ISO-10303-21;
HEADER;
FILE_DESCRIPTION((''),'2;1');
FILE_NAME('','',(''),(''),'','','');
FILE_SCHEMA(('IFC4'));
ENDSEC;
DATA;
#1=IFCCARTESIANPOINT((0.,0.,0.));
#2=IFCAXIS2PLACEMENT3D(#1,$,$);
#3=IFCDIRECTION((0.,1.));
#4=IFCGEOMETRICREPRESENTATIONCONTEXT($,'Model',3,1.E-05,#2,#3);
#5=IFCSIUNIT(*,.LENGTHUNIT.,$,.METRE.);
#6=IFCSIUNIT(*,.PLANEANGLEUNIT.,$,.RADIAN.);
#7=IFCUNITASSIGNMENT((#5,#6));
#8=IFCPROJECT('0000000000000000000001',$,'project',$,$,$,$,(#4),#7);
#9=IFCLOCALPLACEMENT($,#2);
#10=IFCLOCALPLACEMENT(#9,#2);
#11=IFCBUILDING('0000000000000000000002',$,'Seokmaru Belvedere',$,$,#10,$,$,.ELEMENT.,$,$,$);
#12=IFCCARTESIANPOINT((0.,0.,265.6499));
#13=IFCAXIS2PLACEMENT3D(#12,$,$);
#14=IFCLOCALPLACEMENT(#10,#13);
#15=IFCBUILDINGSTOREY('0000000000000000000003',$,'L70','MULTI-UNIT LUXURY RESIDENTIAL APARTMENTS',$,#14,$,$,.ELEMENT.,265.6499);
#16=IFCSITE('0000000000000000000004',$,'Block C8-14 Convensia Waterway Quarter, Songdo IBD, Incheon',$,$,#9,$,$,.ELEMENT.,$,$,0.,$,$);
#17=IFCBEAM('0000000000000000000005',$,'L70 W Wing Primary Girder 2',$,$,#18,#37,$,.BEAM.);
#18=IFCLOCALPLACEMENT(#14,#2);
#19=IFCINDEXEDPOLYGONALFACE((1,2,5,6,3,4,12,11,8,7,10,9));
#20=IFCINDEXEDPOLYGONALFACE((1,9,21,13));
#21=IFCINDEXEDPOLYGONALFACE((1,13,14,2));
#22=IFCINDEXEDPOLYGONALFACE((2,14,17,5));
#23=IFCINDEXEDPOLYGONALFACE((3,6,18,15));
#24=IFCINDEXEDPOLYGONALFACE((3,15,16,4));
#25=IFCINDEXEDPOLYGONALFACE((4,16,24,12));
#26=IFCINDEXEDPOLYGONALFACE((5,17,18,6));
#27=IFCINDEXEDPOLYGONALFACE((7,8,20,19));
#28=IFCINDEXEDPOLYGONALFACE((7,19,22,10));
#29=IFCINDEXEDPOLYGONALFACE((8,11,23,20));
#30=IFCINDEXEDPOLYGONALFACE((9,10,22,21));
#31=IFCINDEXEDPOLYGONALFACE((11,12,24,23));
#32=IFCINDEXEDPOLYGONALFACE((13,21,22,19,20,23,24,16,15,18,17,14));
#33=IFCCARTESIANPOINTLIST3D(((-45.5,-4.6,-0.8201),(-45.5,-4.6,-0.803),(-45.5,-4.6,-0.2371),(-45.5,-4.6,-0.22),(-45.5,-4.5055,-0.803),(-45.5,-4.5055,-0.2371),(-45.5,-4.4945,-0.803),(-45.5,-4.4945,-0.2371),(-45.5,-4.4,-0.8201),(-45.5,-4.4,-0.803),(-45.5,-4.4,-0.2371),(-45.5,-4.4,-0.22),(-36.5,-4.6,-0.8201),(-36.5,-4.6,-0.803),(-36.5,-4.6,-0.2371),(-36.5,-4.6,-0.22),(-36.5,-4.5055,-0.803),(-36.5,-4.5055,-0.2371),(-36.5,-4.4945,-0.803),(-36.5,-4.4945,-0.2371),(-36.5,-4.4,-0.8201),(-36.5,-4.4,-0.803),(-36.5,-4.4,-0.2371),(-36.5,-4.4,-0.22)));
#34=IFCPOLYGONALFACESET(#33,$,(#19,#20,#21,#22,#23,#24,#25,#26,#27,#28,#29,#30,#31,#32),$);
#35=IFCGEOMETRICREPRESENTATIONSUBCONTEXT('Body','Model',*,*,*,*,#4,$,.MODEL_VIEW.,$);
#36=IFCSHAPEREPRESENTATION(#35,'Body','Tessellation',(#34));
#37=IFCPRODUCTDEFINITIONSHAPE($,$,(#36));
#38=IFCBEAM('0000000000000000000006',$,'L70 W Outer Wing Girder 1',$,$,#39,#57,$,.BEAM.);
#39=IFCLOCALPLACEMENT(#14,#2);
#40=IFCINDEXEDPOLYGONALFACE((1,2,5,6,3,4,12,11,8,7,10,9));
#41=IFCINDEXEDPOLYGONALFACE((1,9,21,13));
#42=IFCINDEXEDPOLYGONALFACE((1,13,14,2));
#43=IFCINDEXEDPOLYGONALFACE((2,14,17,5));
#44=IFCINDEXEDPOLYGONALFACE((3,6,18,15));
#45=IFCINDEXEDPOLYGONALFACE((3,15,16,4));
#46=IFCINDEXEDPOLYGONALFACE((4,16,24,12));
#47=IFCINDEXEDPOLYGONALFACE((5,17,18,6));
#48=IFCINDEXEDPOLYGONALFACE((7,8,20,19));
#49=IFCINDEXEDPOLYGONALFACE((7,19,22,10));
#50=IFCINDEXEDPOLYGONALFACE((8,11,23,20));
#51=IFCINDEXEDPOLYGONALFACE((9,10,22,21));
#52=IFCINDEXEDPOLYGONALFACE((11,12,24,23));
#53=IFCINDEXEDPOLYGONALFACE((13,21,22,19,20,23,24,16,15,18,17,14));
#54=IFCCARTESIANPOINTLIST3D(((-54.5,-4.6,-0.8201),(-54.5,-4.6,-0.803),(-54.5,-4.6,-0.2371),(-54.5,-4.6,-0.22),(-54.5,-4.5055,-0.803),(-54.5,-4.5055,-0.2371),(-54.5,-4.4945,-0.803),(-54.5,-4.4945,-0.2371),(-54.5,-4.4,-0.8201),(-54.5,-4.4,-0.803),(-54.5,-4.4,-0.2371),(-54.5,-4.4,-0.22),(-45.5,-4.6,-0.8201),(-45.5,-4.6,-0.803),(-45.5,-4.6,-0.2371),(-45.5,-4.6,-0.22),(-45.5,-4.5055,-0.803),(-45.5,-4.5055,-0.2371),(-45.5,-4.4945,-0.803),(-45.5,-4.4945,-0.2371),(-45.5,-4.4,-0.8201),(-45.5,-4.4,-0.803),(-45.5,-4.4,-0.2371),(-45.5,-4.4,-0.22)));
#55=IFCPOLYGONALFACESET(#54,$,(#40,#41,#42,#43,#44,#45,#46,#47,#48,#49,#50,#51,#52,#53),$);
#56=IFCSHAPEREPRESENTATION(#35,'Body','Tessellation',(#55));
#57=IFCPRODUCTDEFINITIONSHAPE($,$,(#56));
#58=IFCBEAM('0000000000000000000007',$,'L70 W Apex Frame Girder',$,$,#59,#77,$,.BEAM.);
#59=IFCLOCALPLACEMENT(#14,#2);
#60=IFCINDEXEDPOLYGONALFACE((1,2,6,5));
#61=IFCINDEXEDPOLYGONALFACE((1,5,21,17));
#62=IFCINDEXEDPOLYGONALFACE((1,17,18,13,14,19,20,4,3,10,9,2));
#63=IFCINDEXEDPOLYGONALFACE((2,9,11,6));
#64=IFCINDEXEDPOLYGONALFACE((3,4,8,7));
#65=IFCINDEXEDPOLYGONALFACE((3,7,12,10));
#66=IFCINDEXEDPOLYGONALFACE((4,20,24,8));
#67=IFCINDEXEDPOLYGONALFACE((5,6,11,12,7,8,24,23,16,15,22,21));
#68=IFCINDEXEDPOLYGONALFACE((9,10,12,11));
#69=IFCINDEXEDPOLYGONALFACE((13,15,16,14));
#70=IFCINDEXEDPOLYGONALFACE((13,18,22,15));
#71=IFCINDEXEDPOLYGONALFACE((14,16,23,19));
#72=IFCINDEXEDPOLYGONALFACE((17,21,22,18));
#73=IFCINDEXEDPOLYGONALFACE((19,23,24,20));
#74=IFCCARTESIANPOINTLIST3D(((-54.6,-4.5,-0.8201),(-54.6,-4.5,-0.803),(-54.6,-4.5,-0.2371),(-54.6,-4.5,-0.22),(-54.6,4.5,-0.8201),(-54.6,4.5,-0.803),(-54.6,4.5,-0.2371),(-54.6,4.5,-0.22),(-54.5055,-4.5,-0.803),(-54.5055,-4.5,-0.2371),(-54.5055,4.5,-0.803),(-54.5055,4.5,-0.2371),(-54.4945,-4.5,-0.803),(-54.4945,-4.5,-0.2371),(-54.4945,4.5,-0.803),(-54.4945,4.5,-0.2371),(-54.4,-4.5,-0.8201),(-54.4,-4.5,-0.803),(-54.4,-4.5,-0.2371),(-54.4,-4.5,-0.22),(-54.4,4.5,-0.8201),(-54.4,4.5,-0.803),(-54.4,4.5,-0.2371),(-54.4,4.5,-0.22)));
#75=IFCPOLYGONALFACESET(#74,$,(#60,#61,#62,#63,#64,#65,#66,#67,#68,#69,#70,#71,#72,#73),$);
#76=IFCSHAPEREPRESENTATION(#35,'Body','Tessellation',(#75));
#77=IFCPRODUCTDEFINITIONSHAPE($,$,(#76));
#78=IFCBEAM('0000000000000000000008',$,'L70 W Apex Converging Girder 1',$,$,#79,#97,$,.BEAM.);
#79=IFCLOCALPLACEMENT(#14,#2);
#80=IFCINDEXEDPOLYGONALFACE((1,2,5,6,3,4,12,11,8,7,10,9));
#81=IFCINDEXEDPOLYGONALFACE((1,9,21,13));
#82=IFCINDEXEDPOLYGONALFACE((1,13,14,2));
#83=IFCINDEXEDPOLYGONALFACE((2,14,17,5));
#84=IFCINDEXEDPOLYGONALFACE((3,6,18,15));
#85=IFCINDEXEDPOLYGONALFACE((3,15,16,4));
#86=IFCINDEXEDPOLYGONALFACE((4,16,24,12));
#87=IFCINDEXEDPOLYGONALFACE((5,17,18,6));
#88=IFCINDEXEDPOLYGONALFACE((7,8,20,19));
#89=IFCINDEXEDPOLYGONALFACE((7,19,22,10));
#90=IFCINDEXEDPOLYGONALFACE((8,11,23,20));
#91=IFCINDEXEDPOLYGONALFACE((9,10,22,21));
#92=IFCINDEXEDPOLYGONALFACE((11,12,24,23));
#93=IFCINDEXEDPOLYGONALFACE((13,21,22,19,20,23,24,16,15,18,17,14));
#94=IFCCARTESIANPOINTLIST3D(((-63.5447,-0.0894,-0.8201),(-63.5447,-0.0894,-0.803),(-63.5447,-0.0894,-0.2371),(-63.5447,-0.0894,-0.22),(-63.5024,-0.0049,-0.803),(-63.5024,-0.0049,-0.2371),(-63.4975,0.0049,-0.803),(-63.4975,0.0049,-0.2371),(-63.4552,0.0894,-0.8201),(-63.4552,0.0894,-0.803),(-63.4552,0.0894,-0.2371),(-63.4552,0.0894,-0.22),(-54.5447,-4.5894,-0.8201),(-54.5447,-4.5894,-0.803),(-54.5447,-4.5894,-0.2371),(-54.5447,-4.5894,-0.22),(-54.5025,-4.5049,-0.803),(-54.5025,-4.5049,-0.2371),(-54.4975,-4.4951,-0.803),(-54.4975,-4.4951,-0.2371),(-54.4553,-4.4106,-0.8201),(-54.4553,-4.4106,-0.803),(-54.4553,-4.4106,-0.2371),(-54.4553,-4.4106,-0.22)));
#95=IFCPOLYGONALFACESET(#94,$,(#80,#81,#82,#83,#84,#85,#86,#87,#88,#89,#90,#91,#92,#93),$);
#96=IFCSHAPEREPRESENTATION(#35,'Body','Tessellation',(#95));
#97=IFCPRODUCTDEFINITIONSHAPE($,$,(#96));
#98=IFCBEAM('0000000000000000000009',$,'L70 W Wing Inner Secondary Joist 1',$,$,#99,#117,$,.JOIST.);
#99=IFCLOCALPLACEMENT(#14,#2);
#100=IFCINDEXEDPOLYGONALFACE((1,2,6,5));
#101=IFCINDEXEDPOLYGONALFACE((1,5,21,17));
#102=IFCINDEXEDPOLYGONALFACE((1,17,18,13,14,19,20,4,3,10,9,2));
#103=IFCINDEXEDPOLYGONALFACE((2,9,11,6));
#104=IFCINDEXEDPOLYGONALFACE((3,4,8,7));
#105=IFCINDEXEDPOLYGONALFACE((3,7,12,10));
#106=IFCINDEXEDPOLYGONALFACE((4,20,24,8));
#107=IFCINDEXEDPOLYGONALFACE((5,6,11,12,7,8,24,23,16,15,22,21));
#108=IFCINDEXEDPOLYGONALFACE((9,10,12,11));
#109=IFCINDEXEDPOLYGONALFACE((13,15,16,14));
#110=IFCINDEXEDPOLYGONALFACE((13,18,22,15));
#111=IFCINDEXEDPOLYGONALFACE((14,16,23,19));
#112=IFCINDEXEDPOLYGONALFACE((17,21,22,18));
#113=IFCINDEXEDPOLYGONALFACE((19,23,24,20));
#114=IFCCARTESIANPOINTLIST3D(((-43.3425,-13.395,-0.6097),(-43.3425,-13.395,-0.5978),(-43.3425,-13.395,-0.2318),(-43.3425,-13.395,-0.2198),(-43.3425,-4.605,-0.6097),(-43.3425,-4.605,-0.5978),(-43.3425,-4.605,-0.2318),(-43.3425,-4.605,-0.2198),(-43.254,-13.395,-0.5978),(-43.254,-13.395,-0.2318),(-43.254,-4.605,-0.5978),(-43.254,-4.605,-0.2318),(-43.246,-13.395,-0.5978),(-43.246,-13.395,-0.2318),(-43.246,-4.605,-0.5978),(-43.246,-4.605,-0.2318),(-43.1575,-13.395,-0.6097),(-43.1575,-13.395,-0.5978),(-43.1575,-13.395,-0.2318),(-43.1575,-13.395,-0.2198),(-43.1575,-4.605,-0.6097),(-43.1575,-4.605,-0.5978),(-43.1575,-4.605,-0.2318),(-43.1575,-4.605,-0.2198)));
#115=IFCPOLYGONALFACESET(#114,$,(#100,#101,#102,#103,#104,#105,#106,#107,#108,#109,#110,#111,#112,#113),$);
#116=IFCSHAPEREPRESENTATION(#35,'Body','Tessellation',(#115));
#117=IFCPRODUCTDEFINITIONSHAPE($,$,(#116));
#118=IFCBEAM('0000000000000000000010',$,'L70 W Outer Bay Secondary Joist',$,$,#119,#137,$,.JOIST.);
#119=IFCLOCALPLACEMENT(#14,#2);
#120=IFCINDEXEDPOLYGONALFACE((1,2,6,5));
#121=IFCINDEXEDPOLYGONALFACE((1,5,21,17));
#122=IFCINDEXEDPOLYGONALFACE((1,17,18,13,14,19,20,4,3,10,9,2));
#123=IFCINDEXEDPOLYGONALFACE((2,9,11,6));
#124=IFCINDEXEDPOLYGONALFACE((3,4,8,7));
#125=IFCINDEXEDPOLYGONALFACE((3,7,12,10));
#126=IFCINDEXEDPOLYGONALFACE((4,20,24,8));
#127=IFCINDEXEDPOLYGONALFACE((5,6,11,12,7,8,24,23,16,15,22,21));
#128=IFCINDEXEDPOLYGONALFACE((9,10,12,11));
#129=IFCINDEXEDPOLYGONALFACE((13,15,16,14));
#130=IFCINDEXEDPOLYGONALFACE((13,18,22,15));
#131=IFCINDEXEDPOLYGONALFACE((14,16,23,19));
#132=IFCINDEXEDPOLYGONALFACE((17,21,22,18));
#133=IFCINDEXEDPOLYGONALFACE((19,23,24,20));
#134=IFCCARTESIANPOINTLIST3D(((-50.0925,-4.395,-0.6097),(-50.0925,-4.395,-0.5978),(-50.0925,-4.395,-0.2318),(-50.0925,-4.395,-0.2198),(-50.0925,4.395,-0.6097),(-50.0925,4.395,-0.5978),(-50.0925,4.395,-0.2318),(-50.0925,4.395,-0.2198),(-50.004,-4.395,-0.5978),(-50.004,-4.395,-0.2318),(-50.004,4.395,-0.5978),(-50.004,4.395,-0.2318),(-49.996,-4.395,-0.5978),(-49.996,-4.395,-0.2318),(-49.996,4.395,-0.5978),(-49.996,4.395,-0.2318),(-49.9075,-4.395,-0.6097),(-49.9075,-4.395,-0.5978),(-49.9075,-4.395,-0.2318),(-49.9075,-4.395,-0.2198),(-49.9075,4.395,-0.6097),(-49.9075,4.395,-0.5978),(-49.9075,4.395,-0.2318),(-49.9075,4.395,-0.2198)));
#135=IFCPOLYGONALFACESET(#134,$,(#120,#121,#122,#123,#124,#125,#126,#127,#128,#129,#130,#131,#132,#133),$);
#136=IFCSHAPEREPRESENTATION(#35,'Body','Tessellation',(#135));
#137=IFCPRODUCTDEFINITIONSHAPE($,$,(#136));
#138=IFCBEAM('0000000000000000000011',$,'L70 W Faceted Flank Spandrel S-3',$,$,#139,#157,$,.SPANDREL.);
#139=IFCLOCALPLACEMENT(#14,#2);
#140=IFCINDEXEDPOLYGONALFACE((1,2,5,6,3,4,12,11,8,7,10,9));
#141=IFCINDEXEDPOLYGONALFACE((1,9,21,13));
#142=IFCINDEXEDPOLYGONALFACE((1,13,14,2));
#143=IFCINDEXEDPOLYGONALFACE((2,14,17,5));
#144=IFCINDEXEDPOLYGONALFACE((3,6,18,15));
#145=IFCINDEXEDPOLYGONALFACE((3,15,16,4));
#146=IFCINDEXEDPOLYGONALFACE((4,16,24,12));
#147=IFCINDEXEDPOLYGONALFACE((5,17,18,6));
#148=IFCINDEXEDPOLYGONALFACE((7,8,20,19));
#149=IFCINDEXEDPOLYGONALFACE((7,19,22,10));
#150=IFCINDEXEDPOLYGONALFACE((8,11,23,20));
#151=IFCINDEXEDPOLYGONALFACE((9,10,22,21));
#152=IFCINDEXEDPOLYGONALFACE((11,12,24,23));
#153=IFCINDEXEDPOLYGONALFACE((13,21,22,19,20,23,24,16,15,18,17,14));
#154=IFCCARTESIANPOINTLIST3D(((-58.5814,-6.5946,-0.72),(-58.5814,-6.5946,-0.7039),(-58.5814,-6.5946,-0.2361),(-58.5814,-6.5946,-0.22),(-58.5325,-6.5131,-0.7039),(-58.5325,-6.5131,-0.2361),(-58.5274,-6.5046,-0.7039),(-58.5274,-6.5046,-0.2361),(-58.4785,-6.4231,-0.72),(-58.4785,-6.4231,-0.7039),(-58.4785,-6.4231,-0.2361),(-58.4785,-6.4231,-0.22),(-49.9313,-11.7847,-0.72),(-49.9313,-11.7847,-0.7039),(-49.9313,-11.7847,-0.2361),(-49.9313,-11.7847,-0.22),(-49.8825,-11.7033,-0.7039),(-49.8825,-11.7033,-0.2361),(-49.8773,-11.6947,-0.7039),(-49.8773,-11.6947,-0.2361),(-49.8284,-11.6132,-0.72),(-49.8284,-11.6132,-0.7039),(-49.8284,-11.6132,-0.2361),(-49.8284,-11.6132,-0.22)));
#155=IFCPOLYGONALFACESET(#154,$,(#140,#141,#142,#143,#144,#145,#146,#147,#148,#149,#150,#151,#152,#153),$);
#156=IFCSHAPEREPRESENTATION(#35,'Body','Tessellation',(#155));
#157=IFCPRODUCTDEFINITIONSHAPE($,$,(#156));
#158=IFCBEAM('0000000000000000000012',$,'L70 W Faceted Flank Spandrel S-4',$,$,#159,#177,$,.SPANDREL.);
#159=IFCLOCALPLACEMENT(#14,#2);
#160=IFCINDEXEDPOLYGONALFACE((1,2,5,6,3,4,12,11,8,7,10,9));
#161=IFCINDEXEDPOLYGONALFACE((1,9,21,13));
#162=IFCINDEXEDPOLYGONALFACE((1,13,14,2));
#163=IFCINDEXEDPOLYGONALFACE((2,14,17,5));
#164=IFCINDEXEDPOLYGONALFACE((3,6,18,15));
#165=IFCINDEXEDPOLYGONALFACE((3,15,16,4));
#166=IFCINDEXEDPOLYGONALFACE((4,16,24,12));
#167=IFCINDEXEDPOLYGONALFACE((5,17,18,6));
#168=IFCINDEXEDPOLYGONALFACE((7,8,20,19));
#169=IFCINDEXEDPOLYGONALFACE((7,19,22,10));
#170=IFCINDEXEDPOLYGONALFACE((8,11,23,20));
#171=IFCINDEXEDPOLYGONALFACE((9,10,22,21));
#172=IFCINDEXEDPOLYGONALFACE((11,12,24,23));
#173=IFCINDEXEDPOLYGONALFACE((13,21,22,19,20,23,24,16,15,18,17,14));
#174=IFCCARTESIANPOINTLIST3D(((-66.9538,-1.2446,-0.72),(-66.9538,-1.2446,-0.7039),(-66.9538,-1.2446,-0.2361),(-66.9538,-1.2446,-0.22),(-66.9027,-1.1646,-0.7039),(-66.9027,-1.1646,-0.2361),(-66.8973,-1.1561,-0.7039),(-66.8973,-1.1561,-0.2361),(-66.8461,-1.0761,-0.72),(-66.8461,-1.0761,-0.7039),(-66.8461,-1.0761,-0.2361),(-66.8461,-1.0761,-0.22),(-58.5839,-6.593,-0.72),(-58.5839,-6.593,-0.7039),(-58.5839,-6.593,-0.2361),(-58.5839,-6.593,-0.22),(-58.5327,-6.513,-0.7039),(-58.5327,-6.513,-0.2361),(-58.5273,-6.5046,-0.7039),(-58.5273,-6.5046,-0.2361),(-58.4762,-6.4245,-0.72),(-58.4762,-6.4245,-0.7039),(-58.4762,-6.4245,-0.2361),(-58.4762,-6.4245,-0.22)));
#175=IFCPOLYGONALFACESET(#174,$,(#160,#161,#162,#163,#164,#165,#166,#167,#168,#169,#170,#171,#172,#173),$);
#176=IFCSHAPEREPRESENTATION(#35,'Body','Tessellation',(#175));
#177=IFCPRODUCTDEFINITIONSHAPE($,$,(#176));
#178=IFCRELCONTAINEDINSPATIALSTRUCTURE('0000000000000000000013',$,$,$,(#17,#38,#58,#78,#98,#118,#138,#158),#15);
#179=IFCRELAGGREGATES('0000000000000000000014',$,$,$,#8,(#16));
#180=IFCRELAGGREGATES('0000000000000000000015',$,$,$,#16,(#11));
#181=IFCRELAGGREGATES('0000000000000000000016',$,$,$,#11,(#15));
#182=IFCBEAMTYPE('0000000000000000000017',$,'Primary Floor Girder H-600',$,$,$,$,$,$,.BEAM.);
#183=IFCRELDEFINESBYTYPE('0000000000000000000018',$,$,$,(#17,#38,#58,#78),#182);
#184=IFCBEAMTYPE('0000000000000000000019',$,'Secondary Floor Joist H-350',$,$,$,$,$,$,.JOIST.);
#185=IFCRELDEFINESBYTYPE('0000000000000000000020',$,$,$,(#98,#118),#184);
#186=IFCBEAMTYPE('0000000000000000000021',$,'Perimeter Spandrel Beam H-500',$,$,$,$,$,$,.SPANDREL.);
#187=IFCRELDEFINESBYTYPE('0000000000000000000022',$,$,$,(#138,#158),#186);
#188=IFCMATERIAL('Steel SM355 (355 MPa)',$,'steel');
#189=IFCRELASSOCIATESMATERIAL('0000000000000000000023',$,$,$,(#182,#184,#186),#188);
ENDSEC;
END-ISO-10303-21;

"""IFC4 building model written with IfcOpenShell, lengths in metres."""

from ifc_helpers import new_model, si_unit, direction, frame, origin, origin_2d, place, context, subcontext, project, spatial, i_section, extrude, source, transform, mapped, material, material_profile, profile_set, type_object, type_shapes, element, save


model = new_model("IFC4")

# Units and contexts
model_context = context("Model", 3, precision=1e-05, world=origin(), true_north=direction((0.0, 1.0)))
body_context = subcontext(model_context, "Body", "Model", "MODEL_VIEW")
ifc_project = project(units=[si_unit("LENGTHUNIT", "METRE"), si_unit("PLANEANGLEUNIT", "RADIAN")], contexts=[model_context])

# Site, building, storey
site_placement = place(None, origin())
site = spatial("IfcSite", under=ifc_project, at=site_placement, Name="Block C8-14 Convensia Waterway Quarter, Songdo IBD, Incheon", CompositionType="ELEMENT", RefElevation=0.0)
building_placement = place(site_placement, origin())
building = spatial("IfcBuilding", under=site, at=building_placement, Name="Seokmaru Belvedere", CompositionType="ELEMENT")
storey_placement = place(building_placement, frame((0.0, 0.0, 265.6499)))
storey = spatial("IfcBuildingStorey", under=building, at=storey_placement, Name="L70", Description="MULTI-UNIT LUXURY RESIDENTIAL APARTMENTS", CompositionType="ELEMENT", Elevation=265.6499)

# Shared definitions
ifc_material_1 = material(Name="Steel SM355 (355 MPa)", Category="steel")

# Beams
ifc_material_profile_1 = material_profile(ifc_material_1, i_section(OverallWidth=0.2, OverallDepth=0.6001, WebThickness=0.011, FlangeThickness=0.0171, at=origin_2d()), Name="H-600x200x11x17")
ifc_profile_set_1 = profile_set([ifc_material_profile_1], Name="Steel SM355 (355 MPa)")
beam_type_1 = type_object("IfcBeamType", Name="Primary Floor Girder H-600", PredefinedType="BEAM", material=ifc_profile_set_1)
shared_shape_1 = source(origin(), body_context, "Body", "SweptSolid", [
    extrude(i_section(OverallWidth=0.2, OverallDepth=0.6001, WebThickness=0.011, FlangeThickness=0.0171, at=origin_2d()), origin(), (0.0, 0.0, 1.0), 9.0),
])
for number, where, z_axis, x_axis, name in (
    (1, (-45.5, -4.5, -0.52), (1.0, 0.0, 0.0), (0.0, 1.0, 0.0), "L70 W Wing Primary Girder 2"),
    (2, (-54.5, -4.5, -0.52), (1.0, 0.0, 0.0), (0.0, 1.0, 0.0), "L70 W Outer Wing Girder 1"),
    (3, (-54.5, -4.5, -0.52), (0.0, 1.0, 0.0), (-1.0, 0.0, 0.0), "L70 W Apex Frame Girder"),
):
    element("IfcBeam", number, at=place(storey_placement, frame(where, z_axis=z_axis, x_axis=x_axis)), inside=storey, type_object=beam_type_1, Name=name, PredefinedType="BEAM", context=body_context, shape_type="MappedRepresentation", body=[
        mapped(shared_shape_1, transform((0.0, 0.0, 0.0), scale=1.0)),
    ])
shared_shape_2 = source(origin(), body_context, "Body", "SweptSolid", [
    extrude(i_section(OverallWidth=0.2, OverallDepth=0.6001, WebThickness=0.011, FlangeThickness=0.0171, at=origin_2d()), origin(), (0.0, 0.0, 1.0), 10.0623),
])
beam_1_placement = place(storey_placement, frame((-54.5, -4.5, -0.52), z_axis=(-0.894427, 0.447214, 0.0), x_axis=(-0.447214, -0.894427, 0.0)))
element("IfcBeam", 4, at=beam_1_placement, inside=storey, type_object=beam_type_1, Name="L70 W Apex Converging Girder 1", PredefinedType="BEAM", context=body_context, shape_type="MappedRepresentation", body=[
    mapped(shared_shape_2, transform((0.0, 0.0, 0.0), scale=1.0)),
])
ifc_material_profile_2 = material_profile(ifc_material_1, i_section(OverallWidth=0.1851, OverallDepth=0.3899, WebThickness=0.0081, FlangeThickness=0.012, at=origin_2d()), Name="H-390x185x8x12")
ifc_profile_set_2 = profile_set([ifc_material_profile_2], Name="Steel SM355 (355 MPa)")
beam_type_2 = type_object("IfcBeamType", Name="Secondary Floor Joist H-350", PredefinedType="JOIST", material=ifc_profile_set_2)
shared_shape_3 = source(origin(), body_context, "Body", "SweptSolid", [
    extrude(i_section(OverallWidth=0.1851, OverallDepth=0.3899, WebThickness=0.0081, FlangeThickness=0.012, at=origin_2d()), origin(), (0.0, 0.0, 1.0), 8.79),
])
type_shapes(beam_type_2, [shared_shape_3])
for number, where, z_axis, x_axis, name in (
    (5, (-43.25, -13.395, -0.4148), (0.0, 1.0, 0.0), (-1.0, 0.0, 0.0), "L70 W Wing Inner Secondary Joist 1"),
    (6, (-50.0, -4.395, -0.4148), (0.0, 1.0, 0.0), (-1.0, 0.0, 0.0), "L70 W Outer Bay Secondary Joist"),
):
    element("IfcBeam", number, at=place(storey_placement, frame(where, z_axis=z_axis, x_axis=x_axis)), inside=storey, type_object=beam_type_2, Name=name, PredefinedType="JOIST", context=body_context, shape_type="MappedRepresentation", body=[
        mapped(shared_shape_3, transform((0.0, 0.0, 0.0), scale=1.0)),
    ])
ifc_material_profile_3 = material_profile(ifc_material_1, i_section(OverallWidth=0.2, OverallDepth=0.5, WebThickness=0.01, FlangeThickness=0.0161, at=origin_2d()), Name="H-500x200x10x16")
ifc_profile_set_3 = profile_set([ifc_material_profile_3], Name="Steel SM355 (355 MPa)")
beam_type_3 = type_object("IfcBeamType", Name="Perimeter Spandrel Beam H-500", PredefinedType="SPANDREL", material=ifc_profile_set_3)
shared_shape_4 = source(origin(), body_context, "Body", "SweptSolid", [
    extrude(i_section(OverallWidth=0.2, OverallDepth=0.5, WebThickness=0.01, FlangeThickness=0.0161, at=origin_2d()), origin(), (0.0, 0.0, 1.0), 10.0876),
])
beam_2_placement = place(storey_placement, frame((-49.8799, -11.699, -0.47), z_axis=(-0.857489, 0.514503, 0.0), x_axis=(-0.514503, -0.857489, 0.0)))
element("IfcBeam", 7, at=beam_2_placement, inside=storey, type_object=beam_type_3, Name="L70 W Faceted Flank Spandrel S-3", PredefinedType="SPANDREL", context=body_context, shape_type="MappedRepresentation", body=[
    mapped(shared_shape_4, transform((0.0, 0.0, 0.0), scale=1.0)),
])
shared_shape_5 = source(origin(), body_context, "Body", "SweptSolid", [
    extrude(i_section(OverallWidth=0.2, OverallDepth=0.5, WebThickness=0.01, FlangeThickness=0.0161, at=origin_2d()), origin(), (0.0, 0.0, 1.0), 9.9329),
])
beam_3_placement = place(storey_placement, frame((-58.53, -6.5088, -0.47), z_axis=(-0.842652, 0.538459, 0.0), x_axis=(-0.538459, -0.842652, 0.0)))
element("IfcBeam", 8, at=beam_3_placement, inside=storey, type_object=beam_type_3, Name="L70 W Faceted Flank Spandrel S-4", PredefinedType="SPANDREL", context=body_context, shape_type="MappedRepresentation", body=[
    mapped(shared_shape_5, transform((0.0, 0.0, 0.0), scale=1.0)),
])

save(model, "model.ifc")
